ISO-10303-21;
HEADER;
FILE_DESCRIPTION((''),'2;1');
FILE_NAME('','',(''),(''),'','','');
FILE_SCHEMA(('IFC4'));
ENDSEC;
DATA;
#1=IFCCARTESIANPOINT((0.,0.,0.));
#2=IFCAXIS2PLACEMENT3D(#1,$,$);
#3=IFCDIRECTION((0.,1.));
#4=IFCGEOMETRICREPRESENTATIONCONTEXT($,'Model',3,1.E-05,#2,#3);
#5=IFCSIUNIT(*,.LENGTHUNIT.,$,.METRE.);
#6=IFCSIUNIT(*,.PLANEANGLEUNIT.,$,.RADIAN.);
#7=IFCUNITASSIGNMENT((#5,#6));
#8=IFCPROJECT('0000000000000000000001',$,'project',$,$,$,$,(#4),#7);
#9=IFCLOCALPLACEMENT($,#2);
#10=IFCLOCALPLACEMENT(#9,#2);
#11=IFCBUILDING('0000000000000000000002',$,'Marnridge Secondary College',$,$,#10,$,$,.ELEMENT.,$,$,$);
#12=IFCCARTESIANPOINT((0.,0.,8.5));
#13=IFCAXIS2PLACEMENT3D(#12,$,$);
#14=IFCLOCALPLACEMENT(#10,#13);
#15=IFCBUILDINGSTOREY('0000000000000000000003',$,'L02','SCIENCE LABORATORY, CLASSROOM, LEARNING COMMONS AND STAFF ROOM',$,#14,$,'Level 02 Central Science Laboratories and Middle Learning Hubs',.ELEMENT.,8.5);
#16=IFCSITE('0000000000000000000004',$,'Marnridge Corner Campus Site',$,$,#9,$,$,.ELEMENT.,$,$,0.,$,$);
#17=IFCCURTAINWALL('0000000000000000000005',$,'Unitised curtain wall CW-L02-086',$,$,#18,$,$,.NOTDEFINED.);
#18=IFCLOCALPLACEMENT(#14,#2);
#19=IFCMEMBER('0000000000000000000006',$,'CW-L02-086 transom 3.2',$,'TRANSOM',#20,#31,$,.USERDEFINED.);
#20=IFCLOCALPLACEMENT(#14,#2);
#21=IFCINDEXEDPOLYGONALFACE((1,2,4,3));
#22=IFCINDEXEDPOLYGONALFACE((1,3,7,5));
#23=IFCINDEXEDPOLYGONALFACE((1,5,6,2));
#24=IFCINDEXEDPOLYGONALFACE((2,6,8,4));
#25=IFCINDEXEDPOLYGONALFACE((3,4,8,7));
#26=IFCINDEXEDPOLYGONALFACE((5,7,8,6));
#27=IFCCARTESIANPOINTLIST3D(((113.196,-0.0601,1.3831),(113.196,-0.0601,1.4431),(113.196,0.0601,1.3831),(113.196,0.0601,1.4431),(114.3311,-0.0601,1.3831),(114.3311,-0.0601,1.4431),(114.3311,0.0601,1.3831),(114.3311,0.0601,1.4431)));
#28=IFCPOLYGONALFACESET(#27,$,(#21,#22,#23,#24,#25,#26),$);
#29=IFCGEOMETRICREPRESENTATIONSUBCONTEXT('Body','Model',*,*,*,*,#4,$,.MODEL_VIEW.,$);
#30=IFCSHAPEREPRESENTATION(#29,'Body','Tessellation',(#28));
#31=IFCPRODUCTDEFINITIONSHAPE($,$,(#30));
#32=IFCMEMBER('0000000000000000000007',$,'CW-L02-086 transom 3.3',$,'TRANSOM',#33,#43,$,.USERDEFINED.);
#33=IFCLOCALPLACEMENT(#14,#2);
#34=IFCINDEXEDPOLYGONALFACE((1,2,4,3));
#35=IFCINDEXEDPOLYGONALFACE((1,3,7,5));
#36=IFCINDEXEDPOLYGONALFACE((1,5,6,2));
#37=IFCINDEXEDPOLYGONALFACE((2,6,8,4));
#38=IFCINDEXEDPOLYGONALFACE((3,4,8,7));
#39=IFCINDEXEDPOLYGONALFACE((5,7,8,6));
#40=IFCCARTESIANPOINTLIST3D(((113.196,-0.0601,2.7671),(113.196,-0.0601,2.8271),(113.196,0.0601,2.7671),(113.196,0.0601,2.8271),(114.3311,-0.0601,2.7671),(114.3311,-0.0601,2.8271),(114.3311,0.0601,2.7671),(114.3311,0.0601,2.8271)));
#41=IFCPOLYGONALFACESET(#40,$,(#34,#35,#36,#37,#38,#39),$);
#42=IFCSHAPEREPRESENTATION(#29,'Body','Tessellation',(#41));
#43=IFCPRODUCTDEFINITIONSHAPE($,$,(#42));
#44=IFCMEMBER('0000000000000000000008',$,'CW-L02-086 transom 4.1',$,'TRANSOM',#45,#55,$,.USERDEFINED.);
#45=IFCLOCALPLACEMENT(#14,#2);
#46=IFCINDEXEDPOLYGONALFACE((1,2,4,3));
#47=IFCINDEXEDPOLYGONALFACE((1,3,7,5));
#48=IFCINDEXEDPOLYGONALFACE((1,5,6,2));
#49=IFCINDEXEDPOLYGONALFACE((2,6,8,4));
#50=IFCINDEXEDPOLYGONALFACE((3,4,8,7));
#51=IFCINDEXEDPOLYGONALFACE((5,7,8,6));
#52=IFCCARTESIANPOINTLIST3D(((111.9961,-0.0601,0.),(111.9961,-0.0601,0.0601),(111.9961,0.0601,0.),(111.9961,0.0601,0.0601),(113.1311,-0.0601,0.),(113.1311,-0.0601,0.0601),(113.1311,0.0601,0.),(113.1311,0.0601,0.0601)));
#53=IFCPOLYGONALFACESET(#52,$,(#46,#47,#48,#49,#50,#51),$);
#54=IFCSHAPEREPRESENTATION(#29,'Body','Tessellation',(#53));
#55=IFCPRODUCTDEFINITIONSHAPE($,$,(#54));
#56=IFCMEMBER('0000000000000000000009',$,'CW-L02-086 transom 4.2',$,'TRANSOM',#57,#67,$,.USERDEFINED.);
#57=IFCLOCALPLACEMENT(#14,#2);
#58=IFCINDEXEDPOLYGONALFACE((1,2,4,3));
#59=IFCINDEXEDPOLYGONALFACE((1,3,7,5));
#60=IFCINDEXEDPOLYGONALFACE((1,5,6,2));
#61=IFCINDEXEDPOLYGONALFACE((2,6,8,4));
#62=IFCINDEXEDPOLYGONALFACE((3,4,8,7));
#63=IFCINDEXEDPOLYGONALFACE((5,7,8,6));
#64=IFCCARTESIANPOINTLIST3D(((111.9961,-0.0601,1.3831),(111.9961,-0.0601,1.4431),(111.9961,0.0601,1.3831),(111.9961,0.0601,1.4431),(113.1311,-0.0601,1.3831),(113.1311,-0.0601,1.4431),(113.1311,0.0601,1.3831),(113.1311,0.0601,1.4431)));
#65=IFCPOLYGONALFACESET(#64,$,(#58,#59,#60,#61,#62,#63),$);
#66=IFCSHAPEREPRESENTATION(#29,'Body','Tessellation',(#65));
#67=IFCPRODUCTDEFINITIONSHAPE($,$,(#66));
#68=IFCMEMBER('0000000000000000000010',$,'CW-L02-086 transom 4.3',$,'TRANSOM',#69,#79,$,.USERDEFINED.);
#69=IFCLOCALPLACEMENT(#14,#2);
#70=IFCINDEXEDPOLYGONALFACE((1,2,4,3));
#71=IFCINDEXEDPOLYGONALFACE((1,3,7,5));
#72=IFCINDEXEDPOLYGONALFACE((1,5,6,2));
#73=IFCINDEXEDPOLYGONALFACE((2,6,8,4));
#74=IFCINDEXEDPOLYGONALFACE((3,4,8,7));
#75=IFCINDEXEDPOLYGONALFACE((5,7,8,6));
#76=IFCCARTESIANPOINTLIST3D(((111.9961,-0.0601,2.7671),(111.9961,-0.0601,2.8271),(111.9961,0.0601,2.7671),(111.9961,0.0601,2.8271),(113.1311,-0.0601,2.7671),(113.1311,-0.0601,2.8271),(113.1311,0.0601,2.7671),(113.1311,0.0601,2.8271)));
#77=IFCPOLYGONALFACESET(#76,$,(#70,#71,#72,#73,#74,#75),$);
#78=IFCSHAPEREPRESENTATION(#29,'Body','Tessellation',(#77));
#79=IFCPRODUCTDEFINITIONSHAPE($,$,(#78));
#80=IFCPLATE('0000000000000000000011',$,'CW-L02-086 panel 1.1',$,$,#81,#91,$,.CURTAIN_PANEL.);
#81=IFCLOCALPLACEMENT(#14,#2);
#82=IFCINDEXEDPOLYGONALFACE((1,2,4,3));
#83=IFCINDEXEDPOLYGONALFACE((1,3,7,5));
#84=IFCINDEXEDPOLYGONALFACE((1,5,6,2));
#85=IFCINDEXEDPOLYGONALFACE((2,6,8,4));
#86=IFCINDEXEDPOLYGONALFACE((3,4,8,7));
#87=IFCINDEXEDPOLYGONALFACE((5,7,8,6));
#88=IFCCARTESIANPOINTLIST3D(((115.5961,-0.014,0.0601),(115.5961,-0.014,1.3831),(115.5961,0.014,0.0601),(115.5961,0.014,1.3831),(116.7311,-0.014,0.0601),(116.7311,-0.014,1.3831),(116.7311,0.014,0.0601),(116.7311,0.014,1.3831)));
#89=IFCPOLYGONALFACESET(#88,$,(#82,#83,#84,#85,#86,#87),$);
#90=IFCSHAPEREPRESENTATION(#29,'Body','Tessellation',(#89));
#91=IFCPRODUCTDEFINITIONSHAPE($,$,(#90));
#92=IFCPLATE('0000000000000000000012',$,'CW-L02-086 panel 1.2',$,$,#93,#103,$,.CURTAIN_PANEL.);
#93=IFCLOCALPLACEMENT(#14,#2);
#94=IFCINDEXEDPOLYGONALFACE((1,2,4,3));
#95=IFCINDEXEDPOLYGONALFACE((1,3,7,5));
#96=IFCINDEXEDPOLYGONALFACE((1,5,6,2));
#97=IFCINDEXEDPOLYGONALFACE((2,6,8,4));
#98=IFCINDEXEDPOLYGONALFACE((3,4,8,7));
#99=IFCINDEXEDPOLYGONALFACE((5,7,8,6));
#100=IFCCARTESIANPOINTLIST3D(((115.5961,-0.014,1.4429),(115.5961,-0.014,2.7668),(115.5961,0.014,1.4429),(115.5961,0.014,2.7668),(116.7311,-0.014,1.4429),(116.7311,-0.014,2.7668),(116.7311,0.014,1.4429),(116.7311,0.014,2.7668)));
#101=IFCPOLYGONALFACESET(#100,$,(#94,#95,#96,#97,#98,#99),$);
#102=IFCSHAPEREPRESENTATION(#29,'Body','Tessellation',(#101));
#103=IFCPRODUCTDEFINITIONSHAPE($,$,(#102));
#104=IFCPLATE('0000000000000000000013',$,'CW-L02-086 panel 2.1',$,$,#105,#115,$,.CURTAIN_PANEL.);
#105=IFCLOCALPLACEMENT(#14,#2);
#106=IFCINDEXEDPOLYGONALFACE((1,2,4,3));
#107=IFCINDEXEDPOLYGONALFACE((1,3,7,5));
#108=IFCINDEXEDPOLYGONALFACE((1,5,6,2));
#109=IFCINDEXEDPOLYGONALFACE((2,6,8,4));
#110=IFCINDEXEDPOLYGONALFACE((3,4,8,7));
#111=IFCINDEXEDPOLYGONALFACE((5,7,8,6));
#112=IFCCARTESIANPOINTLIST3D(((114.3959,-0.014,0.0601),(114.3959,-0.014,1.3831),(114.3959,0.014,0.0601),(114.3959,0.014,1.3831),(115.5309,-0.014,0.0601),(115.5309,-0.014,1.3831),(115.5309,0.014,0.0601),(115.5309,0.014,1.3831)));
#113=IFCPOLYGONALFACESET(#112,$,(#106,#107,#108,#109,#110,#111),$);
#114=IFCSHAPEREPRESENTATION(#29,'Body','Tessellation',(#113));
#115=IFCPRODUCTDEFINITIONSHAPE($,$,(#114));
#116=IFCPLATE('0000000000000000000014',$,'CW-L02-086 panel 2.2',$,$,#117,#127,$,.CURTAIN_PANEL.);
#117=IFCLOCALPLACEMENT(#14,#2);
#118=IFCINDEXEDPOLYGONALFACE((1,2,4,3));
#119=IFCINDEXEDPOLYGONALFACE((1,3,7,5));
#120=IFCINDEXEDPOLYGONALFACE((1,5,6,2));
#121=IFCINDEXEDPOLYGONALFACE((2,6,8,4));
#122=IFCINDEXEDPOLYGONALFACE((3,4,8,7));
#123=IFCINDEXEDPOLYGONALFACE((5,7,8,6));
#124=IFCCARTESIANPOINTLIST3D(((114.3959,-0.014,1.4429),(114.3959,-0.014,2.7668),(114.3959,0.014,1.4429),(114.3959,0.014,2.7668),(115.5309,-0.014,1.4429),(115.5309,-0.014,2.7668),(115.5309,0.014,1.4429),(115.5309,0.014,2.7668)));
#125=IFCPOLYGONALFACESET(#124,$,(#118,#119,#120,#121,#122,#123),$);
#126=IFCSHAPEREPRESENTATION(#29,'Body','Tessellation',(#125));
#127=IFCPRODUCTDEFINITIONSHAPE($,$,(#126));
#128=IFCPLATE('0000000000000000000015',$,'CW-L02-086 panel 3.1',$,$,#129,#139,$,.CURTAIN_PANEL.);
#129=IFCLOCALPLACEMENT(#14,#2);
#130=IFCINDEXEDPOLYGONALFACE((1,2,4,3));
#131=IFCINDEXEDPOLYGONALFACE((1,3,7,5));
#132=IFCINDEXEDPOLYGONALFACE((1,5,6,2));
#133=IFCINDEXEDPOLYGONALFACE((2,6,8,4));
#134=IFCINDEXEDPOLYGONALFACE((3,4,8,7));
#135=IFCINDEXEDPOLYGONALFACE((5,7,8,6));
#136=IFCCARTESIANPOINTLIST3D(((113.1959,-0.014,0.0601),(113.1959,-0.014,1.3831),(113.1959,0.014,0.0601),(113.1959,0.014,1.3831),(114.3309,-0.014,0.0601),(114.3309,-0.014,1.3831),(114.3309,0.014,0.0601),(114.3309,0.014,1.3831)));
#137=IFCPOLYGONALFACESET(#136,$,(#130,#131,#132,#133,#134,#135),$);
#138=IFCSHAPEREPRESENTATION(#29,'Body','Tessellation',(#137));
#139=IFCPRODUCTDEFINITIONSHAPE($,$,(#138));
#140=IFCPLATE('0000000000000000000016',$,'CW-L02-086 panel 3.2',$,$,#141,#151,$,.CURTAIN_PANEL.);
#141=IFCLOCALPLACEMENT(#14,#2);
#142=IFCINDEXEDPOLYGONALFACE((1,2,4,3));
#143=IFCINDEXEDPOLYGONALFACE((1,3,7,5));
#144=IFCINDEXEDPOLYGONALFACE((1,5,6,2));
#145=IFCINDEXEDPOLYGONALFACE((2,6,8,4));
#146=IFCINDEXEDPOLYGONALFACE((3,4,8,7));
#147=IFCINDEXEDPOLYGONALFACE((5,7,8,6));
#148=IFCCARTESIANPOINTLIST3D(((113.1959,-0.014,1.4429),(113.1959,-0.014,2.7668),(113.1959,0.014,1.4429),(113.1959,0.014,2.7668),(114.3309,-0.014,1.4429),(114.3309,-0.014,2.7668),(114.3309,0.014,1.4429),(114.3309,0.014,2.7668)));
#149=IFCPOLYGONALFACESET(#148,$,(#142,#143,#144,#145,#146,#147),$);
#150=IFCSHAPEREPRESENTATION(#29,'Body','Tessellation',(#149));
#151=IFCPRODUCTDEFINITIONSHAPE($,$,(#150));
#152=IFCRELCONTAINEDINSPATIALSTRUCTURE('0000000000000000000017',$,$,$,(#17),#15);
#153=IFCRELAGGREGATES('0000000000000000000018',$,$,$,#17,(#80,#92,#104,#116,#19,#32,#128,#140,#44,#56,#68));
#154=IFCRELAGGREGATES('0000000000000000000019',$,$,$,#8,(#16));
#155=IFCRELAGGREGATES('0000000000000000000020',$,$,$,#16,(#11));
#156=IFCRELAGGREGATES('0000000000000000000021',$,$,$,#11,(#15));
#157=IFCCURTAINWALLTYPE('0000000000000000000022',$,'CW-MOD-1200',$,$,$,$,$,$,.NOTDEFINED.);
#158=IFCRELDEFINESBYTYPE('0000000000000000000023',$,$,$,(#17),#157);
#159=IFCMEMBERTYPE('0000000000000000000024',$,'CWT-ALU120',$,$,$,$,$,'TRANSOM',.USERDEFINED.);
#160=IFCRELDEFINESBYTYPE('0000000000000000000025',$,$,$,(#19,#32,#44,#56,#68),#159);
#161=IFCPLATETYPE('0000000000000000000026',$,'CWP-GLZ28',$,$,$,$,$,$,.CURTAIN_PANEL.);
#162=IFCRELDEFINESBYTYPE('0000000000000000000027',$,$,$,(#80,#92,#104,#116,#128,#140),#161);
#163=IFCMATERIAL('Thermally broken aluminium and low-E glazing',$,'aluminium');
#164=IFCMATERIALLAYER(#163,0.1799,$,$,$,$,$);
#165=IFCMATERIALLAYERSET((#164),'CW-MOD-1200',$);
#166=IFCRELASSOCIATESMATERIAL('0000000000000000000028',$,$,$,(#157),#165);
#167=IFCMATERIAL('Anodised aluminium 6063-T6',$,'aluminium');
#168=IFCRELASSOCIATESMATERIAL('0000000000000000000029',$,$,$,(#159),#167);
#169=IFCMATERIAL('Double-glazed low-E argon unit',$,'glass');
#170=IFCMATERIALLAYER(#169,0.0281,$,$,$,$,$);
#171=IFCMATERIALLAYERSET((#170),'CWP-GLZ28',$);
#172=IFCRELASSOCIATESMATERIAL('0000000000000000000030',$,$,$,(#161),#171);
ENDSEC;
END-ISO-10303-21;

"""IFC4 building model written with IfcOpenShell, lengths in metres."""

from ifc_helpers import new_model, si_unit, direction, frame, origin, origin_2d, place, context, subcontext, project, spatial, rectangle, extrude, material, layer, layer_set, material_profile, profile_set, type_object, element, aggregate, save


model = new_model("IFC4")

# Units and contexts
model_context = context("Model", 3, precision=1e-05, world=origin(), true_north=direction((0.0, 1.0)))
body_context = subcontext(model_context, "Body", "Model", "MODEL_VIEW")
ifc_project = project(units=[si_unit("LENGTHUNIT", "METRE"), si_unit("PLANEANGLEUNIT", "RADIAN")], contexts=[model_context])

# Site, building, storey
site_placement = place(None, origin())
site = spatial("IfcSite", under=ifc_project, at=site_placement, Name="Marnridge Corner Campus Site", CompositionType="ELEMENT", RefElevation=0.0)
building_placement = place(site_placement, origin())
building = spatial("IfcBuilding", under=site, at=building_placement, Name="Marnridge Secondary College", CompositionType="ELEMENT")
storey_placement = place(building_placement, frame((0.0, 0.0, 8.5)))
storey = spatial("IfcBuildingStorey", under=building, at=storey_placement, Name="L02", Description="SCIENCE LABORATORY, CLASSROOM, LEARNING COMMONS AND STAFF ROOM", LongName="Level 02 Central Science Laboratories and Middle Learning Hubs", CompositionType="ELEMENT", Elevation=8.5)

# Curtain wall, members, plates
ifc_material_1 = material(Name="Thermally broken aluminium and low-E glazing", Category="aluminium")
ifc_layer_1 = layer(ifc_material_1, 0.1799)
ifc_layer_set_1 = layer_set([ifc_layer_1], Name="CW-MOD-1200")
curtain_wall_type = type_object("IfcCurtainWallType", Name="CW-MOD-1200", PredefinedType="NOTDEFINED", material=ifc_layer_set_1)
curtain_wall_placement = place(storey_placement, origin())
curtain_wall = element("IfcCurtainWall", 1, at=curtain_wall_placement, inside=storey, type_object=curtain_wall_type, Name="Unitised curtain wall CW-L02-086", PredefinedType="NOTDEFINED")
ifc_material_2 = material(Name="Anodised aluminium 6063-T6", Category="aluminium")
ifc_material_profile_1 = material_profile(ifc_material_2, rectangle(XDim=0.0601, YDim=0.1201, at=origin_2d()), Name="ALU 60x120")
ifc_profile_set_1 = profile_set([ifc_material_profile_1], Name="Anodised aluminium 6063-T6")
member_type_1 = type_object("IfcMemberType", Name="CWT-ALU120", ElementType="TRANSOM", PredefinedType="USERDEFINED", material=ifc_profile_set_1)
member_1_placement = place(storey_placement, frame((114.3311, 0.0, 1.4131), z_axis=(-1.0, 0.0, 0.0), x_axis=(0.0, 0.0, 1.0)))
member_1 = element("IfcMember", 2, at=member_1_placement, type_object=member_type_1, Name="CW-L02-086 transom 3.2", ObjectType="TRANSOM", PredefinedType="USERDEFINED", context=body_context, shape_type="SweptSolid", body=[
    extrude(rectangle(XDim=0.0601, YDim=0.1201, at=origin_2d()), origin(), (0.0, 0.0, 1.0), 1.135),
])
member_2_placement = place(storey_placement, frame((114.3311, 0.0, 2.7971), z_axis=(-1.0, 0.0, 0.0), x_axis=(0.0, 0.0, 1.0)))
member_2 = element("IfcMember", 3, at=member_2_placement, type_object=member_type_1, Name="CW-L02-086 transom 3.3", ObjectType="TRANSOM", PredefinedType="USERDEFINED", context=body_context, shape_type="SweptSolid", body=[
    extrude(rectangle(XDim=0.0601, YDim=0.1201, at=origin_2d()), origin(), (0.0, 0.0, 1.0), 1.135),
])
member_3_placement = place(storey_placement, frame((113.1311, 0.0, 0.03), z_axis=(-1.0, 0.0, 0.0), x_axis=(0.0, 0.0, 1.0)))
member_3 = element("IfcMember", 4, at=member_3_placement, type_object=member_type_1, Name="CW-L02-086 transom 4.1", ObjectType="TRANSOM", PredefinedType="USERDEFINED", context=body_context, shape_type="SweptSolid", body=[
    extrude(rectangle(XDim=0.0601, YDim=0.1201, at=origin_2d()), origin(), (0.0, 0.0, 1.0), 1.135),
])
member_4_placement = place(storey_placement, frame((113.1311, 0.0, 1.4131), z_axis=(-1.0, 0.0, 0.0), x_axis=(0.0, 0.0, 1.0)))
member_4 = element("IfcMember", 5, at=member_4_placement, type_object=member_type_1, Name="CW-L02-086 transom 4.2", ObjectType="TRANSOM", PredefinedType="USERDEFINED", context=body_context, shape_type="SweptSolid", body=[
    extrude(rectangle(XDim=0.0601, YDim=0.1201, at=origin_2d()), origin(), (0.0, 0.0, 1.0), 1.135),
])
member_5_placement = place(storey_placement, frame((113.1311, 0.0, 2.7971), z_axis=(-1.0, 0.0, 0.0), x_axis=(0.0, 0.0, 1.0)))
member_5 = element("IfcMember", 6, at=member_5_placement, type_object=member_type_1, Name="CW-L02-086 transom 4.3", ObjectType="TRANSOM", PredefinedType="USERDEFINED", context=body_context, shape_type="SweptSolid", body=[
    extrude(rectangle(XDim=0.0601, YDim=0.1201, at=origin_2d()), origin(), (0.0, 0.0, 1.0), 1.135),
])
ifc_material_3 = material(Name="Double-glazed low-E argon unit", Category="glass")
ifc_layer_2 = layer(ifc_material_3, 0.0281)
ifc_layer_set_2 = layer_set([ifc_layer_2], Name="CWP-GLZ28")
plate_type = type_object("IfcPlateType", Name="CWP-GLZ28", PredefinedType="CURTAIN_PANEL", material=ifc_layer_set_2)
plate_1_placement = place(storey_placement, frame((116.1636, 0.0, 0.0601), z_axis=(0.0, 0.0, 1.0), x_axis=(-1.0, 0.0, 0.0)))
plate_1 = element("IfcPlate", 7, at=plate_1_placement, type_object=plate_type, Name="CW-L02-086 panel 1.1", PredefinedType="CURTAIN_PANEL", context=body_context, shape_type="SweptSolid", body=[
    extrude(rectangle(XDim=1.135, YDim=0.0281, at=origin_2d()), origin(), (0.0, 0.0, 1.0), 1.323),
])
plate_2_placement = place(storey_placement, frame((116.1636, 0.0, 1.4429), z_axis=(0.0, 0.0, 1.0), x_axis=(-1.0, 0.0, 0.0)))
plate_2 = element("IfcPlate", 8, at=plate_2_placement, type_object=plate_type, Name="CW-L02-086 panel 1.2", PredefinedType="CURTAIN_PANEL", context=body_context, shape_type="SweptSolid", body=[
    extrude(rectangle(XDim=1.135, YDim=0.0281, at=origin_2d()), origin(), (0.0, 0.0, 1.0), 1.324),
])
plate_3_placement = place(storey_placement, frame((114.9634, 0.0, 0.0601), z_axis=(0.0, 0.0, 1.0), x_axis=(-1.0, 0.0, 0.0)))
plate_3 = element("IfcPlate", 9, at=plate_3_placement, type_object=plate_type, Name="CW-L02-086 panel 2.1", PredefinedType="CURTAIN_PANEL", context=body_context, shape_type="SweptSolid", body=[
    extrude(rectangle(XDim=1.135, YDim=0.0281, at=origin_2d()), origin(), (0.0, 0.0, 1.0), 1.323),
])
plate_4_placement = place(storey_placement, frame((114.9634, 0.0, 1.4429), z_axis=(0.0, 0.0, 1.0), x_axis=(-1.0, 0.0, 0.0)))
plate_4 = element("IfcPlate", 10, at=plate_4_placement, type_object=plate_type, Name="CW-L02-086 panel 2.2", PredefinedType="CURTAIN_PANEL", context=body_context, shape_type="SweptSolid", body=[
    extrude(rectangle(XDim=1.135, YDim=0.0281, at=origin_2d()), origin(), (0.0, 0.0, 1.0), 1.324),
])
plate_5_placement = place(storey_placement, frame((113.7634, 0.0, 0.0601), z_axis=(0.0, 0.0, 1.0), x_axis=(-1.0, 0.0, 0.0)))
plate_5 = element("IfcPlate", 11, at=plate_5_placement, type_object=plate_type, Name="CW-L02-086 panel 3.1", PredefinedType="CURTAIN_PANEL", context=body_context, shape_type="SweptSolid", body=[
    extrude(rectangle(XDim=1.135, YDim=0.0281, at=origin_2d()), origin(), (0.0, 0.0, 1.0), 1.323),
])
plate_6_placement = place(storey_placement, frame((113.7634, 0.0, 1.4429), z_axis=(0.0, 0.0, 1.0), x_axis=(-1.0, 0.0, 0.0)))
plate_6 = element("IfcPlate", 12, at=plate_6_placement, type_object=plate_type, Name="CW-L02-086 panel 3.2", PredefinedType="CURTAIN_PANEL", context=body_context, shape_type="SweptSolid", body=[
    extrude(rectangle(XDim=1.135, YDim=0.0281, at=origin_2d()), origin(), (0.0, 0.0, 1.0), 1.324),
])
aggregate(curtain_wall, [plate_1, plate_2, plate_3, plate_4, member_1, member_2, plate_5, plate_6, member_3, member_4, member_5])

save(model, "model.ifc")
